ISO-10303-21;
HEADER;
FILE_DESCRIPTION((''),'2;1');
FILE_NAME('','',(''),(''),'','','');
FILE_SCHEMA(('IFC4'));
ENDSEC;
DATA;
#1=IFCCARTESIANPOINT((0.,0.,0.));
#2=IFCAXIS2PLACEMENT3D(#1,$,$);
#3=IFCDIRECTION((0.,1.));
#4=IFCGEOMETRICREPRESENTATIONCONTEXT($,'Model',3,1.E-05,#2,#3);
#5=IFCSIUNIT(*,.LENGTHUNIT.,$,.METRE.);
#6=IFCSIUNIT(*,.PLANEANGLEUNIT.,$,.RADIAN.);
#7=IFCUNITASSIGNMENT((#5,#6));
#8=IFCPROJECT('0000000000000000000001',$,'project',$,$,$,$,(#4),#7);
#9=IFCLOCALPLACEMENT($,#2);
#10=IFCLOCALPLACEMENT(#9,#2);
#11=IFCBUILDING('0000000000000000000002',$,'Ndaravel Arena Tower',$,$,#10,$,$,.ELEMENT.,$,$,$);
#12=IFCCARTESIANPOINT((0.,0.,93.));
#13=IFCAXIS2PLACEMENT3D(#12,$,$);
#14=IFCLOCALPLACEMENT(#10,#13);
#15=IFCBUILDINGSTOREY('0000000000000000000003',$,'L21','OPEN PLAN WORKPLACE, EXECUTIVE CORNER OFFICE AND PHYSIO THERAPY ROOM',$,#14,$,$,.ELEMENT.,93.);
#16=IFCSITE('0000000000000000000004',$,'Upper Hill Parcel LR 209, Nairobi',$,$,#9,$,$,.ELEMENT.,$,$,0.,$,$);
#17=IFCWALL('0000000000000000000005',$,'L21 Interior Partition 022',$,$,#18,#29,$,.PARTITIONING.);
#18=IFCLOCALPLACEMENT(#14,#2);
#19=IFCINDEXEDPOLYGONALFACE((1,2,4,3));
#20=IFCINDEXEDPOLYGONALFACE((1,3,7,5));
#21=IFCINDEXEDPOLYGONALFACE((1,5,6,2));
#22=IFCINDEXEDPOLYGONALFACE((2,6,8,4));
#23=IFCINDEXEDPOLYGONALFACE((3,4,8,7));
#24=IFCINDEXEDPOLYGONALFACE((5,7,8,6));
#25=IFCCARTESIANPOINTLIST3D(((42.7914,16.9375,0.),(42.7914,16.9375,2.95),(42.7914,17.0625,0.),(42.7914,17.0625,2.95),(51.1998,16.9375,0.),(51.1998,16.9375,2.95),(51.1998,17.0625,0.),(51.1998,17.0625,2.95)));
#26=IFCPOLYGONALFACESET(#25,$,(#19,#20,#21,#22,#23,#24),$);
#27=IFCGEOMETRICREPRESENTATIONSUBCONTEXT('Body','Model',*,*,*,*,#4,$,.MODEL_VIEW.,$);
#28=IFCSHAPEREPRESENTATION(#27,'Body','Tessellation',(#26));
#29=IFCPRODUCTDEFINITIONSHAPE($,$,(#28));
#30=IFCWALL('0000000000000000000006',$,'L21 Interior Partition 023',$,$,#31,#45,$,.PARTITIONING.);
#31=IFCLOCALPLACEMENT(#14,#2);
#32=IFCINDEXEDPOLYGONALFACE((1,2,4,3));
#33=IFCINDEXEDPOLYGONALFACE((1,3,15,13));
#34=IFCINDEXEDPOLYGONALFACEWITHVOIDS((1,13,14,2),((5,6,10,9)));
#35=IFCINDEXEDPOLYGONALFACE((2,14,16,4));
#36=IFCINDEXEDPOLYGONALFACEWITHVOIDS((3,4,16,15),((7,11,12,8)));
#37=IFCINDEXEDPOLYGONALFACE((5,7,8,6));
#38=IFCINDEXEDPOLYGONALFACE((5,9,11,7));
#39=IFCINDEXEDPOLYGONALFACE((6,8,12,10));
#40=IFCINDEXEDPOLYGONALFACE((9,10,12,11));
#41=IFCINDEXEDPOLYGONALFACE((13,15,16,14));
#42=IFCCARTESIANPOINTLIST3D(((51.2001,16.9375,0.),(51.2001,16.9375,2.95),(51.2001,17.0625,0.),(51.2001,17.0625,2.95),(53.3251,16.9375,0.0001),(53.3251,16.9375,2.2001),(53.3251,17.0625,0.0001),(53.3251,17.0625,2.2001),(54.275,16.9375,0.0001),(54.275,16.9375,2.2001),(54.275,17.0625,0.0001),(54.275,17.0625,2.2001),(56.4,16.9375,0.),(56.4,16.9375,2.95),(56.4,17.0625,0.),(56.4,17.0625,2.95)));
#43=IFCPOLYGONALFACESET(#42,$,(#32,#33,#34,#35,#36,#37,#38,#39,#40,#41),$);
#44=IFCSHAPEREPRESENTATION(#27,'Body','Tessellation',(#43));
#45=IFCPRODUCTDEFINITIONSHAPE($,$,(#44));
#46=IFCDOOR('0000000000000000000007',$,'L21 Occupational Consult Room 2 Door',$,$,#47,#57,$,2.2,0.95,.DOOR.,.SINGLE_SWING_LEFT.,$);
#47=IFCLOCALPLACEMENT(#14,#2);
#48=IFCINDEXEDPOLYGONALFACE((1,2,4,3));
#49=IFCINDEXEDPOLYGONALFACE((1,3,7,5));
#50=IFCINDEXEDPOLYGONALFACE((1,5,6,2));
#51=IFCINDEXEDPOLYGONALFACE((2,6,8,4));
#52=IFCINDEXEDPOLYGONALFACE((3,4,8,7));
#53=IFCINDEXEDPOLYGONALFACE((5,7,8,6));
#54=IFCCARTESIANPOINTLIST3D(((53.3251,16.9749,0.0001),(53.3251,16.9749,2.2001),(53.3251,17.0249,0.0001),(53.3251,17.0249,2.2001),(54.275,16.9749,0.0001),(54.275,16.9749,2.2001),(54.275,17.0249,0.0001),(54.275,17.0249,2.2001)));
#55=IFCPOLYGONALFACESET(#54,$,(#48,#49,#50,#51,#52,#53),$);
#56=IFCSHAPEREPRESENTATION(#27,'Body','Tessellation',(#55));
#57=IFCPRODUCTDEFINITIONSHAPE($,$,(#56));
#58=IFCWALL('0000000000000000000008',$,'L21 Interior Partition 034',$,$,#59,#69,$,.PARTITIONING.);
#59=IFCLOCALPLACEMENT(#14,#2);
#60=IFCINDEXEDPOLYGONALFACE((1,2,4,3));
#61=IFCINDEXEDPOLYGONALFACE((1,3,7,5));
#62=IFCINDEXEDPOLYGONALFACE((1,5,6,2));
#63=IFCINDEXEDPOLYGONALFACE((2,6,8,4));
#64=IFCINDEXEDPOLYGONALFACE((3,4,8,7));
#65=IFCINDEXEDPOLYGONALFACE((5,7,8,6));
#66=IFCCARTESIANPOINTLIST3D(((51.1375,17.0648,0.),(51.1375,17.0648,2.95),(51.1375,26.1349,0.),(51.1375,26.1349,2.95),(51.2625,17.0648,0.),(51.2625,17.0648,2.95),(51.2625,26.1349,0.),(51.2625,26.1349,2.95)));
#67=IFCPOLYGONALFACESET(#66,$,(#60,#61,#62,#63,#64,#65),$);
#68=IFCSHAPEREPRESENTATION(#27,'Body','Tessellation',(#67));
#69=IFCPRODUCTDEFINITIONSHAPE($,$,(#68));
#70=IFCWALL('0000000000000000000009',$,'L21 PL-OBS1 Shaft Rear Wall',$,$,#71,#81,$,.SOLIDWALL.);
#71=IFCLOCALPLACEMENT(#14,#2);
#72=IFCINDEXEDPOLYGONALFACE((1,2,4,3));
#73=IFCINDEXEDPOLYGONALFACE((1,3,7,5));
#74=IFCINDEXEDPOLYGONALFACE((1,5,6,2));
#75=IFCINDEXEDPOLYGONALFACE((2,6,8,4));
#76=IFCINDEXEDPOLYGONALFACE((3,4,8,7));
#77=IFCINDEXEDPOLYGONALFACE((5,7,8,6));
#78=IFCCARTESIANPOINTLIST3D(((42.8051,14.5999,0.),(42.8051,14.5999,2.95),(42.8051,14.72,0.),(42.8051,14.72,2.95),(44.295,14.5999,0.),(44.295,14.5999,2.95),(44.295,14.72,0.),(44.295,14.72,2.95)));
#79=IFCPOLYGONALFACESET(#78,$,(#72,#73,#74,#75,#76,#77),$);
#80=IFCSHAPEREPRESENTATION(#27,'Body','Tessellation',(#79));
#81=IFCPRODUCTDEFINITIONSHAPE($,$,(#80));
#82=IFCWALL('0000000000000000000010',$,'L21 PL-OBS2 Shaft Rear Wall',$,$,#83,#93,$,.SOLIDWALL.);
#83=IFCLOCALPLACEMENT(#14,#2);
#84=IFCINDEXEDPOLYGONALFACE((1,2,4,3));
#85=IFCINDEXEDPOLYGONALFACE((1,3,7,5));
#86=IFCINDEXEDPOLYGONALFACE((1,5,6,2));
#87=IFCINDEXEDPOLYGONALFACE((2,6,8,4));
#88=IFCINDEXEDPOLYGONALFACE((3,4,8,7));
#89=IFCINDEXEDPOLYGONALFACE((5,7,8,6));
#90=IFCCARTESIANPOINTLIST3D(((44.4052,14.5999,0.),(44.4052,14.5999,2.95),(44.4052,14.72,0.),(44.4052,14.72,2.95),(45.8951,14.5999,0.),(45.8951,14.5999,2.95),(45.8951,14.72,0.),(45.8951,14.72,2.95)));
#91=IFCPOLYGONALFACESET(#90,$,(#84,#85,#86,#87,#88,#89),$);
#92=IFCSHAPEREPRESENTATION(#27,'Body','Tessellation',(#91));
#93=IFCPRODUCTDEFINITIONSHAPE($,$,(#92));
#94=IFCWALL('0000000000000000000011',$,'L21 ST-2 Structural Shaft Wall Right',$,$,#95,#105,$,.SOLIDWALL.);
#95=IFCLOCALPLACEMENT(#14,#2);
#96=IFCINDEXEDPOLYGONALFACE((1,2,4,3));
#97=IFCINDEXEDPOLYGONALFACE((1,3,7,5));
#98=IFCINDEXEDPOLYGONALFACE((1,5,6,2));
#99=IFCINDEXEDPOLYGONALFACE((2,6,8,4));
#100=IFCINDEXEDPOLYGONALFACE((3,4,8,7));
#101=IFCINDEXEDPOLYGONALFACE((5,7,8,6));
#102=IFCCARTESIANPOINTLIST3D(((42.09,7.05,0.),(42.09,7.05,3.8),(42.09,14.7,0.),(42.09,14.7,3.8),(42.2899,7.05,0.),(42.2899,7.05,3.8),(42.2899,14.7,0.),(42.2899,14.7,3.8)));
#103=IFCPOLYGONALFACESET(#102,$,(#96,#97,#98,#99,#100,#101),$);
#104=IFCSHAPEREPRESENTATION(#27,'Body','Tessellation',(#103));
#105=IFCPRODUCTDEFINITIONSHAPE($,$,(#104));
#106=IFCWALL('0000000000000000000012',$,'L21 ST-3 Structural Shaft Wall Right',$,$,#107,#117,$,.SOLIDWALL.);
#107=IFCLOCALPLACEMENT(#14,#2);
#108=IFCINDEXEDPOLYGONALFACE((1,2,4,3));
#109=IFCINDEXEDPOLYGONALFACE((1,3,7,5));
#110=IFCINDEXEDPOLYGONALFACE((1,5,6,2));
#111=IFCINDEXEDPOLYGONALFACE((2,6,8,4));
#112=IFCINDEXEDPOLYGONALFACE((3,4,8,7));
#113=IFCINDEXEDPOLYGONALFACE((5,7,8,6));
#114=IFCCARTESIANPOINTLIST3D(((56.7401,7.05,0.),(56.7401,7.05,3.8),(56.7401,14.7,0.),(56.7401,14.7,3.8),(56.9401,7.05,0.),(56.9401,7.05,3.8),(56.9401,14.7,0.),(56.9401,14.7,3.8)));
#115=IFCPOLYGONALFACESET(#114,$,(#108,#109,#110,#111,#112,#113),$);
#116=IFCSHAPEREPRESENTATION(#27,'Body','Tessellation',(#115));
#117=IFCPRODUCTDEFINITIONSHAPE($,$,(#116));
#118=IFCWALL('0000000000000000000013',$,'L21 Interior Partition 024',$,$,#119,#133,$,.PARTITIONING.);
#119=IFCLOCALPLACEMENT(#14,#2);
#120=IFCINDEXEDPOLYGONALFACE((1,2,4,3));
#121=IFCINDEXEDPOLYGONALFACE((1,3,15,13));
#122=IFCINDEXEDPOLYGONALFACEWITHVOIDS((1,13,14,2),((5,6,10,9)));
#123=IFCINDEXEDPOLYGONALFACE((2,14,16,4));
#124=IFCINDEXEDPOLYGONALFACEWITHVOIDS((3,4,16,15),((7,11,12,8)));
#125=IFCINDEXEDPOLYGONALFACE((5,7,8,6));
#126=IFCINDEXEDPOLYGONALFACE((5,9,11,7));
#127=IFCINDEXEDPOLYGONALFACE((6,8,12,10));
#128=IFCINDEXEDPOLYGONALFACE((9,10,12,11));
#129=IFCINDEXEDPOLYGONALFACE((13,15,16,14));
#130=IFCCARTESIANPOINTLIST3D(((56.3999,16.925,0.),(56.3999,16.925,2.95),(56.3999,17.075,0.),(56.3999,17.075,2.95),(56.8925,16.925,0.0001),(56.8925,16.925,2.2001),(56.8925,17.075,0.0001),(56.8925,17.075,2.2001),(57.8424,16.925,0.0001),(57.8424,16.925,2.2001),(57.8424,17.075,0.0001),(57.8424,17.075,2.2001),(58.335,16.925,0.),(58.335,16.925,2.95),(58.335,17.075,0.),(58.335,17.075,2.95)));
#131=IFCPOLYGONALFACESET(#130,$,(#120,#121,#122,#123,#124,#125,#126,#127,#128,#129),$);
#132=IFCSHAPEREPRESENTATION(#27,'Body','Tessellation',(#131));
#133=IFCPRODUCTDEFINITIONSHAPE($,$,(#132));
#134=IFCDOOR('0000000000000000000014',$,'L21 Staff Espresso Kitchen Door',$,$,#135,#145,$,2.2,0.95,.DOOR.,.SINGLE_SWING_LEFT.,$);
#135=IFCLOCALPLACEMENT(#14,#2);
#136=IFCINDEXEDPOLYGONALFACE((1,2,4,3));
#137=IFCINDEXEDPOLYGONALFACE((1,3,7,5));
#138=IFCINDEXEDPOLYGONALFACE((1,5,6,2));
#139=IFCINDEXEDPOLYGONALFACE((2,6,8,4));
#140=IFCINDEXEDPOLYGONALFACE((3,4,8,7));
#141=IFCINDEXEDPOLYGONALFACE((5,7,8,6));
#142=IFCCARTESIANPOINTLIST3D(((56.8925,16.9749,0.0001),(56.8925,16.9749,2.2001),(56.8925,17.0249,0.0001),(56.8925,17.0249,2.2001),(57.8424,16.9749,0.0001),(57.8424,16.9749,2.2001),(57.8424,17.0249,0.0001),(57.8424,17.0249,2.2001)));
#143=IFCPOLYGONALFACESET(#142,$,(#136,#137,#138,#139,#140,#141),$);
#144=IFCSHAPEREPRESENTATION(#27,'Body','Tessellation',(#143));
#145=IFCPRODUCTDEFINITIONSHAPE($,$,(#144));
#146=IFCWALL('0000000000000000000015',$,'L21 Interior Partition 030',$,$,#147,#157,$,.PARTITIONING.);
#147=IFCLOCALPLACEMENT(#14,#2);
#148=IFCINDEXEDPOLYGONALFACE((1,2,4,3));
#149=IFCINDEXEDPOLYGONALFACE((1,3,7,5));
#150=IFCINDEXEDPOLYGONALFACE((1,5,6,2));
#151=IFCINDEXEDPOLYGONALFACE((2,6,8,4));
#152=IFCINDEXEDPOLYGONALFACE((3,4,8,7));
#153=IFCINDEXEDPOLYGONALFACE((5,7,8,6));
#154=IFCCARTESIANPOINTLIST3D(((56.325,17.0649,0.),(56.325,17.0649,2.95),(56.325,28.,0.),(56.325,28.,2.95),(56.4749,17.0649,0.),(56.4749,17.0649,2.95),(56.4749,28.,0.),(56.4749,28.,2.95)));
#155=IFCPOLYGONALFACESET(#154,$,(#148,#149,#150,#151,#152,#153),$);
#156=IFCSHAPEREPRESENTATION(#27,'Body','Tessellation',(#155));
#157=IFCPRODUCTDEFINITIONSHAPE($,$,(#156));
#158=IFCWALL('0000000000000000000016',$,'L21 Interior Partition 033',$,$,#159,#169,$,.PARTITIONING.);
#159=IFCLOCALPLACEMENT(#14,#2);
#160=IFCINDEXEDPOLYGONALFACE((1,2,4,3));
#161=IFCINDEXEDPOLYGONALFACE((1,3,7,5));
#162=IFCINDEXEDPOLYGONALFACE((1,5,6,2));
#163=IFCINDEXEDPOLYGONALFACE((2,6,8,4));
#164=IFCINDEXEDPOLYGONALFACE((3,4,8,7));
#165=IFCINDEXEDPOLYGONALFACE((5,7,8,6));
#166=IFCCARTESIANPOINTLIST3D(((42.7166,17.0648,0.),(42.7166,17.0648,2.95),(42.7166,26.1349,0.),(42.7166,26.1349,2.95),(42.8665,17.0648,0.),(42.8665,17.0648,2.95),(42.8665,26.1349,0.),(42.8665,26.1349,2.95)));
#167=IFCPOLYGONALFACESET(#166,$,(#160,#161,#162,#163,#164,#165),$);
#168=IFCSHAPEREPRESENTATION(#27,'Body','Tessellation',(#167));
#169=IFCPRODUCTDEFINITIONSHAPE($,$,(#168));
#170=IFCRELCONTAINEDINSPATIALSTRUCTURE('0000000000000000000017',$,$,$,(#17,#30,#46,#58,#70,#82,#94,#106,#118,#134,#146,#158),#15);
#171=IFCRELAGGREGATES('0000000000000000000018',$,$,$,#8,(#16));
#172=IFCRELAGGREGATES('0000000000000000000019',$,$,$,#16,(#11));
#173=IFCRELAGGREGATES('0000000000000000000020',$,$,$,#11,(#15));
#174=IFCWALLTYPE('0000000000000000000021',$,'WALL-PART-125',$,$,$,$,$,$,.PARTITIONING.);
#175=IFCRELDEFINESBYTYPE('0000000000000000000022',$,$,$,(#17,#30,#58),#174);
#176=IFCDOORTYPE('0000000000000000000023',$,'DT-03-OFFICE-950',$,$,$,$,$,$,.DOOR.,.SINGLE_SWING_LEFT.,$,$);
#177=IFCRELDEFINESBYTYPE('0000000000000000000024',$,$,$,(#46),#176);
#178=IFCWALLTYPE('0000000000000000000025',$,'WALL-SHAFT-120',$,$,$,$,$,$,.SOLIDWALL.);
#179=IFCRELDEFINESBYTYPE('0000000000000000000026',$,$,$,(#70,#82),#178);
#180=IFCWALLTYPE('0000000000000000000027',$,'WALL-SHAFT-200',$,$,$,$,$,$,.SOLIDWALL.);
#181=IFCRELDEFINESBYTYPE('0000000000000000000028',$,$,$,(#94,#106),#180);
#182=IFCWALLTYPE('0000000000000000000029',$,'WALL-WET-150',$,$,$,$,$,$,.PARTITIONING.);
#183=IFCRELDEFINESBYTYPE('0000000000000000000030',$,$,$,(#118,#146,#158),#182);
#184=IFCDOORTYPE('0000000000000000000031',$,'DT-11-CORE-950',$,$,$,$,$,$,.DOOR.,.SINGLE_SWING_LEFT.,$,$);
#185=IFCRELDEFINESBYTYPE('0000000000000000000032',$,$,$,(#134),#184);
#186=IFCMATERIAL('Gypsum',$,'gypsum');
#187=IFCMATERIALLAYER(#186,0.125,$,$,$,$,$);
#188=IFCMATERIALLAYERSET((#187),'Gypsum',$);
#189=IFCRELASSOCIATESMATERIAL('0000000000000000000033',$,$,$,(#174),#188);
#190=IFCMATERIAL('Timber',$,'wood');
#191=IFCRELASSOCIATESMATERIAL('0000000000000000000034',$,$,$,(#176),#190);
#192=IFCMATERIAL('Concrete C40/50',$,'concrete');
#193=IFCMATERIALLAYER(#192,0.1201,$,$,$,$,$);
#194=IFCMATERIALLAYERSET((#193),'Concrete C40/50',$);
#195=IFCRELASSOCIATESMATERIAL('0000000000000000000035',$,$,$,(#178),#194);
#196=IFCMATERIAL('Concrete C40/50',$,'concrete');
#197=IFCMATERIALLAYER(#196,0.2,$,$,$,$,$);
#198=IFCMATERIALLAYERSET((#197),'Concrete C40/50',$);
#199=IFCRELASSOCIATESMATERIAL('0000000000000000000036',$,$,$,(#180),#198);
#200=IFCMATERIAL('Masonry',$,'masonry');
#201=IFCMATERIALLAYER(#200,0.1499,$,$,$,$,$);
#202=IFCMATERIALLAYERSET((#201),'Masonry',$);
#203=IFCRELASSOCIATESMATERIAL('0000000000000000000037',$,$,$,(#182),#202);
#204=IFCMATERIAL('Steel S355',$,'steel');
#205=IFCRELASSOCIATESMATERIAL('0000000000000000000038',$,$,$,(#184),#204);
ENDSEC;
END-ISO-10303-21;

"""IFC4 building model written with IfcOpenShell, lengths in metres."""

from ifc_helpers import new_model, si_unit, direction, frame, frame_2d, origin, place, context, subcontext, project, spatial, rectangle, extrude, material, layer, layer_set, type_object, element, fill, save


model = new_model("IFC4")

# Units and contexts
model_context = context("Model", 3, precision=1e-05, world=origin(), true_north=direction((0.0, 1.0)))
body_context = subcontext(model_context, "Body", "Model", "MODEL_VIEW")
ifc_project = project(units=[si_unit("LENGTHUNIT", "METRE"), si_unit("PLANEANGLEUNIT", "RADIAN")], contexts=[model_context])

# Site, building, storey
site_placement = place(None, origin())
site = spatial("IfcSite", under=ifc_project, at=site_placement, Name="Upper Hill Parcel LR 209, Nairobi", CompositionType="ELEMENT", RefElevation=0.0)
building_placement = place(site_placement, origin())
building = spatial("IfcBuilding", under=site, at=building_placement, Name="Ndaravel Arena Tower", CompositionType="ELEMENT")
storey_placement = place(building_placement, frame((0.0, 0.0, 93.0)))
storey = spatial("IfcBuildingStorey", under=building, at=storey_placement, Name="L21", Description="OPEN PLAN WORKPLACE, EXECUTIVE CORNER OFFICE AND PHYSIO THERAPY ROOM", CompositionType="ELEMENT", Elevation=93.0)

# Shared definitions
ifc_material_1 = material(Name="Gypsum", Category="gypsum")
ifc_layer_1 = layer(ifc_material_1, 0.125)
ifc_layer_set_1 = layer_set([ifc_layer_1], Name="Gypsum")
wall_type_1 = type_object("IfcWallType", Name="WALL-PART-125", PredefinedType="PARTITIONING", material=ifc_layer_set_1)

# Shared definitions
ifc_material_2 = material(Name="Timber", Category="wood")
door_type_1 = type_object("IfcDoorType", Name="DT-03-OFFICE-950", OperationType="SINGLE_SWING_LEFT", PredefinedType="DOOR", material=ifc_material_2)

# Wall
wall_1_placement = place(storey_placement, frame((42.7915, 17.0, 0.0), z_axis=(0.0, 0.0, 1.0), x_axis=(1.0, 0.0, 0.0)))
element("IfcWall", 1, at=wall_1_placement, inside=storey, type_object=wall_type_1, Name="L21 Interior Partition 022", PredefinedType="PARTITIONING", context=body_context, shape_type="SweptSolid", body=[
    extrude(rectangle(XDim=8.4084, YDim=0.125, at=frame_2d((4.2041, 0.0))), origin(), (0.0, 0.0, 1.0), 2.95),
])

# Wall, opening, door
wall_2_placement = place(storey_placement, frame((51.2, 17.0, 0.0), z_axis=(0.0, 0.0, 1.0), x_axis=(1.0, 0.0, 0.0)))
wall_2 = element("IfcWall", 2, at=wall_2_placement, inside=storey, type_object=wall_type_1, Name="L21 Interior Partition 023", PredefinedType="PARTITIONING", context=body_context, shape_type="SweptSolid", body=[
    extrude(rectangle(XDim=5.2, YDim=0.125, at=frame_2d((2.6001, 0.0))), origin(), (0.0, 0.0, 1.0), 2.95),
])
opening_1_placement = place(wall_2_placement, frame((2.125, 0.0, 0.0)))
opening_1 = element("IfcOpeningElement", 3, at=opening_1_placement, cuts=wall_2, PredefinedType="OPENING", context=body_context, shape_type="SweptSolid", body=[
    extrude(rectangle(XDim=0.95, YDim=2.2, at=frame_2d((0.4751, 1.1001))), frame((0.0, 0.0625, 0.0), z_axis=(0.0, -1.0, 0.0), x_axis=(1.0, 0.0, 0.0)), (0.0, 0.0, 1.0), 0.125),
])
door_1_placement = place(opening_1_placement, origin())
door_1 = element("IfcDoor", 4, at=door_1_placement, inside=storey, type_object=door_type_1, Name="L21 Occupational Consult Room 2 Door", OperationType="SINGLE_SWING_LEFT", OverallHeight=2.2, OverallWidth=0.95, PredefinedType="DOOR", context=body_context, shape_type="SweptSolid", body=[
    extrude(rectangle(XDim=0.95, YDim=2.2, at=frame_2d((0.4751, 1.1001))), frame((0.0, 0.0249, 0.0), z_axis=(0.0, -1.0, 0.0), x_axis=(1.0, 0.0, 0.0)), (0.0, 0.0, 1.0), 0.05),
])
fill(opening_1, door_1)

# Walls
wall_3_placement = place(storey_placement, frame((51.2, 26.135, 0.0), z_axis=(0.0, 0.0, 1.0), x_axis=(0.0, -1.0, 0.0)))
element("IfcWall", 5, at=wall_3_placement, inside=storey, type_object=wall_type_1, Name="L21 Interior Partition 034", PredefinedType="PARTITIONING", context=body_context, shape_type="SweptSolid", body=[
    extrude(rectangle(XDim=9.0701, YDim=0.125, at=frame_2d((4.5352, 0.0))), origin(), (0.0, 0.0, 1.0), 2.95),
])
ifc_material_3 = material(Name="Concrete C40/50", Category="concrete")
ifc_layer_2 = layer(ifc_material_3, 0.1201)
ifc_layer_set_2 = layer_set([ifc_layer_2], Name="Concrete C40/50")
wall_type_2 = type_object("IfcWallType", Name="WALL-SHAFT-120", PredefinedType="SOLIDWALL", material=ifc_layer_set_2)
for number, where, z_axis, x_axis, name in (
    (6, (42.8049, 14.6599, 0.0), (0.0, 0.0, 1.0), (1.0, 0.0, 0.0), "L21 PL-OBS1 Shaft Rear Wall"),
    (7, (44.405, 14.6599, 0.0), (0.0, 0.0, 1.0), (1.0, 0.0, 0.0), "L21 PL-OBS2 Shaft Rear Wall"),
):
    element("IfcWall", number, at=place(storey_placement, frame(where, z_axis=z_axis, x_axis=x_axis)), inside=storey, type_object=wall_type_2, Name=name, PredefinedType="SOLIDWALL", context=body_context, shape_type="SweptSolid", body=[
        extrude(rectangle(XDim=1.49, YDim=0.1201, at=frame_2d((0.7451, 0.0))), origin(), (0.0, 0.0, 1.0), 2.95),
    ])
ifc_material_4 = material(Name="Concrete C40/50", Category="concrete")
ifc_layer_3 = layer(ifc_material_4, 0.2)
ifc_layer_set_3 = layer_set([ifc_layer_3], Name="Concrete C40/50")
wall_type_3 = type_object("IfcWallType", Name="WALL-SHAFT-200", PredefinedType="SOLIDWALL", material=ifc_layer_set_3)
for number, where, z_axis, x_axis, name in (
    (8, (42.1899, 14.7, 0.0), (0.0, 0.0, 1.0), (0.0, -1.0, 0.0), "L21 ST-2 Structural Shaft Wall Right"),
    (9, (56.8401, 14.7, 0.0), (0.0, 0.0, 1.0), (0.0, -1.0, 0.0), "L21 ST-3 Structural Shaft Wall Right"),
):
    element("IfcWall", number, at=place(storey_placement, frame(where, z_axis=z_axis, x_axis=x_axis)), inside=storey, type_object=wall_type_3, Name=name, PredefinedType="SOLIDWALL", context=body_context, shape_type="SweptSolid", body=[
        extrude(rectangle(XDim=7.6499, YDim=0.2, at=frame_2d((3.825, 0.0))), origin(), (0.0, 0.0, 1.0), 3.8),
    ])

# Wall, opening, door
ifc_material_5 = material(Name="Masonry", Category="masonry")
ifc_layer_4 = layer(ifc_material_5, 0.1499)
ifc_layer_set_4 = layer_set([ifc_layer_4], Name="Masonry")
wall_type_4 = type_object("IfcWallType", Name="WALL-WET-150", PredefinedType="PARTITIONING", material=ifc_layer_set_4)
wall_4_placement = place(storey_placement, frame((56.3999, 17.0, 0.0), z_axis=(0.0, 0.0, 1.0), x_axis=(1.0, 0.0, 0.0)))
wall_4 = element("IfcWall", 10, at=wall_4_placement, inside=storey, type_object=wall_type_4, Name="L21 Interior Partition 024", PredefinedType="PARTITIONING", context=body_context, shape_type="SweptSolid", body=[
    extrude(rectangle(XDim=1.9351, YDim=0.1499, at=frame_2d((0.9675, 0.0))), origin(), (0.0, 0.0, 1.0), 2.95),
])
opening_2_placement = place(wall_4_placement, frame((0.4924, 0.0, 0.0)))
opening_2 = element("IfcOpeningElement", 11, at=opening_2_placement, cuts=wall_4, PredefinedType="OPENING", context=body_context, shape_type="SweptSolid", body=[
    extrude(rectangle(XDim=0.95, YDim=2.2, at=frame_2d((0.4751, 1.1001))), frame((0.0, 0.075, 0.0), z_axis=(0.0, -1.0, 0.0), x_axis=(1.0, 0.0, 0.0)), (0.0, 0.0, 1.0), 0.1499),
])
ifc_material_6 = material(Name="Steel S355", Category="steel")
door_type_2 = type_object("IfcDoorType", Name="DT-11-CORE-950", OperationType="SINGLE_SWING_LEFT", PredefinedType="DOOR", material=ifc_material_6)
door_2_placement = place(opening_2_placement, origin())
door_2 = element("IfcDoor", 12, at=door_2_placement, inside=storey, type_object=door_type_2, Name="L21 Staff Espresso Kitchen Door", OperationType="SINGLE_SWING_LEFT", OverallHeight=2.2, OverallWidth=0.95, PredefinedType="DOOR", context=body_context, shape_type="SweptSolid", body=[
    extrude(rectangle(XDim=0.95, YDim=2.2, at=frame_2d((0.4751, 1.1001))), frame((0.0, 0.0249, 0.0), z_axis=(0.0, -1.0, 0.0), x_axis=(1.0, 0.0, 0.0)), (0.0, 0.0, 1.0), 0.05),
])
fill(opening_2, door_2)

# Walls
wall_5_placement = place(storey_placement, frame((56.3999, 17.0649, 0.0), z_axis=(0.0, 0.0, 1.0), x_axis=(0.0, 1.0, 0.0)))
element("IfcWall", 13, at=wall_5_placement, inside=storey, type_object=wall_type_4, Name="L21 Interior Partition 030", PredefinedType="PARTITIONING", context=body_context, shape_type="SweptSolid", body=[
    extrude(rectangle(XDim=10.9351, YDim=0.1499, at=frame_2d((5.4675, 0.0))), origin(), (0.0, 0.0, 1.0), 2.95),
])
wall_6_placement = place(storey_placement, frame((42.7915, 26.135, 0.0), z_axis=(0.0, 0.0, 1.0), x_axis=(0.0, -1.0, 0.0)))
element("IfcWall", 14, at=wall_6_placement, inside=storey, type_object=wall_type_4, Name="L21 Interior Partition 033", PredefinedType="PARTITIONING", context=body_context, shape_type="SweptSolid", body=[
    extrude(rectangle(XDim=9.0701, YDim=0.1499, at=frame_2d((4.5352, 0.0))), origin(), (0.0, 0.0, 1.0), 2.95),
])

save(model, "model.ifc")
